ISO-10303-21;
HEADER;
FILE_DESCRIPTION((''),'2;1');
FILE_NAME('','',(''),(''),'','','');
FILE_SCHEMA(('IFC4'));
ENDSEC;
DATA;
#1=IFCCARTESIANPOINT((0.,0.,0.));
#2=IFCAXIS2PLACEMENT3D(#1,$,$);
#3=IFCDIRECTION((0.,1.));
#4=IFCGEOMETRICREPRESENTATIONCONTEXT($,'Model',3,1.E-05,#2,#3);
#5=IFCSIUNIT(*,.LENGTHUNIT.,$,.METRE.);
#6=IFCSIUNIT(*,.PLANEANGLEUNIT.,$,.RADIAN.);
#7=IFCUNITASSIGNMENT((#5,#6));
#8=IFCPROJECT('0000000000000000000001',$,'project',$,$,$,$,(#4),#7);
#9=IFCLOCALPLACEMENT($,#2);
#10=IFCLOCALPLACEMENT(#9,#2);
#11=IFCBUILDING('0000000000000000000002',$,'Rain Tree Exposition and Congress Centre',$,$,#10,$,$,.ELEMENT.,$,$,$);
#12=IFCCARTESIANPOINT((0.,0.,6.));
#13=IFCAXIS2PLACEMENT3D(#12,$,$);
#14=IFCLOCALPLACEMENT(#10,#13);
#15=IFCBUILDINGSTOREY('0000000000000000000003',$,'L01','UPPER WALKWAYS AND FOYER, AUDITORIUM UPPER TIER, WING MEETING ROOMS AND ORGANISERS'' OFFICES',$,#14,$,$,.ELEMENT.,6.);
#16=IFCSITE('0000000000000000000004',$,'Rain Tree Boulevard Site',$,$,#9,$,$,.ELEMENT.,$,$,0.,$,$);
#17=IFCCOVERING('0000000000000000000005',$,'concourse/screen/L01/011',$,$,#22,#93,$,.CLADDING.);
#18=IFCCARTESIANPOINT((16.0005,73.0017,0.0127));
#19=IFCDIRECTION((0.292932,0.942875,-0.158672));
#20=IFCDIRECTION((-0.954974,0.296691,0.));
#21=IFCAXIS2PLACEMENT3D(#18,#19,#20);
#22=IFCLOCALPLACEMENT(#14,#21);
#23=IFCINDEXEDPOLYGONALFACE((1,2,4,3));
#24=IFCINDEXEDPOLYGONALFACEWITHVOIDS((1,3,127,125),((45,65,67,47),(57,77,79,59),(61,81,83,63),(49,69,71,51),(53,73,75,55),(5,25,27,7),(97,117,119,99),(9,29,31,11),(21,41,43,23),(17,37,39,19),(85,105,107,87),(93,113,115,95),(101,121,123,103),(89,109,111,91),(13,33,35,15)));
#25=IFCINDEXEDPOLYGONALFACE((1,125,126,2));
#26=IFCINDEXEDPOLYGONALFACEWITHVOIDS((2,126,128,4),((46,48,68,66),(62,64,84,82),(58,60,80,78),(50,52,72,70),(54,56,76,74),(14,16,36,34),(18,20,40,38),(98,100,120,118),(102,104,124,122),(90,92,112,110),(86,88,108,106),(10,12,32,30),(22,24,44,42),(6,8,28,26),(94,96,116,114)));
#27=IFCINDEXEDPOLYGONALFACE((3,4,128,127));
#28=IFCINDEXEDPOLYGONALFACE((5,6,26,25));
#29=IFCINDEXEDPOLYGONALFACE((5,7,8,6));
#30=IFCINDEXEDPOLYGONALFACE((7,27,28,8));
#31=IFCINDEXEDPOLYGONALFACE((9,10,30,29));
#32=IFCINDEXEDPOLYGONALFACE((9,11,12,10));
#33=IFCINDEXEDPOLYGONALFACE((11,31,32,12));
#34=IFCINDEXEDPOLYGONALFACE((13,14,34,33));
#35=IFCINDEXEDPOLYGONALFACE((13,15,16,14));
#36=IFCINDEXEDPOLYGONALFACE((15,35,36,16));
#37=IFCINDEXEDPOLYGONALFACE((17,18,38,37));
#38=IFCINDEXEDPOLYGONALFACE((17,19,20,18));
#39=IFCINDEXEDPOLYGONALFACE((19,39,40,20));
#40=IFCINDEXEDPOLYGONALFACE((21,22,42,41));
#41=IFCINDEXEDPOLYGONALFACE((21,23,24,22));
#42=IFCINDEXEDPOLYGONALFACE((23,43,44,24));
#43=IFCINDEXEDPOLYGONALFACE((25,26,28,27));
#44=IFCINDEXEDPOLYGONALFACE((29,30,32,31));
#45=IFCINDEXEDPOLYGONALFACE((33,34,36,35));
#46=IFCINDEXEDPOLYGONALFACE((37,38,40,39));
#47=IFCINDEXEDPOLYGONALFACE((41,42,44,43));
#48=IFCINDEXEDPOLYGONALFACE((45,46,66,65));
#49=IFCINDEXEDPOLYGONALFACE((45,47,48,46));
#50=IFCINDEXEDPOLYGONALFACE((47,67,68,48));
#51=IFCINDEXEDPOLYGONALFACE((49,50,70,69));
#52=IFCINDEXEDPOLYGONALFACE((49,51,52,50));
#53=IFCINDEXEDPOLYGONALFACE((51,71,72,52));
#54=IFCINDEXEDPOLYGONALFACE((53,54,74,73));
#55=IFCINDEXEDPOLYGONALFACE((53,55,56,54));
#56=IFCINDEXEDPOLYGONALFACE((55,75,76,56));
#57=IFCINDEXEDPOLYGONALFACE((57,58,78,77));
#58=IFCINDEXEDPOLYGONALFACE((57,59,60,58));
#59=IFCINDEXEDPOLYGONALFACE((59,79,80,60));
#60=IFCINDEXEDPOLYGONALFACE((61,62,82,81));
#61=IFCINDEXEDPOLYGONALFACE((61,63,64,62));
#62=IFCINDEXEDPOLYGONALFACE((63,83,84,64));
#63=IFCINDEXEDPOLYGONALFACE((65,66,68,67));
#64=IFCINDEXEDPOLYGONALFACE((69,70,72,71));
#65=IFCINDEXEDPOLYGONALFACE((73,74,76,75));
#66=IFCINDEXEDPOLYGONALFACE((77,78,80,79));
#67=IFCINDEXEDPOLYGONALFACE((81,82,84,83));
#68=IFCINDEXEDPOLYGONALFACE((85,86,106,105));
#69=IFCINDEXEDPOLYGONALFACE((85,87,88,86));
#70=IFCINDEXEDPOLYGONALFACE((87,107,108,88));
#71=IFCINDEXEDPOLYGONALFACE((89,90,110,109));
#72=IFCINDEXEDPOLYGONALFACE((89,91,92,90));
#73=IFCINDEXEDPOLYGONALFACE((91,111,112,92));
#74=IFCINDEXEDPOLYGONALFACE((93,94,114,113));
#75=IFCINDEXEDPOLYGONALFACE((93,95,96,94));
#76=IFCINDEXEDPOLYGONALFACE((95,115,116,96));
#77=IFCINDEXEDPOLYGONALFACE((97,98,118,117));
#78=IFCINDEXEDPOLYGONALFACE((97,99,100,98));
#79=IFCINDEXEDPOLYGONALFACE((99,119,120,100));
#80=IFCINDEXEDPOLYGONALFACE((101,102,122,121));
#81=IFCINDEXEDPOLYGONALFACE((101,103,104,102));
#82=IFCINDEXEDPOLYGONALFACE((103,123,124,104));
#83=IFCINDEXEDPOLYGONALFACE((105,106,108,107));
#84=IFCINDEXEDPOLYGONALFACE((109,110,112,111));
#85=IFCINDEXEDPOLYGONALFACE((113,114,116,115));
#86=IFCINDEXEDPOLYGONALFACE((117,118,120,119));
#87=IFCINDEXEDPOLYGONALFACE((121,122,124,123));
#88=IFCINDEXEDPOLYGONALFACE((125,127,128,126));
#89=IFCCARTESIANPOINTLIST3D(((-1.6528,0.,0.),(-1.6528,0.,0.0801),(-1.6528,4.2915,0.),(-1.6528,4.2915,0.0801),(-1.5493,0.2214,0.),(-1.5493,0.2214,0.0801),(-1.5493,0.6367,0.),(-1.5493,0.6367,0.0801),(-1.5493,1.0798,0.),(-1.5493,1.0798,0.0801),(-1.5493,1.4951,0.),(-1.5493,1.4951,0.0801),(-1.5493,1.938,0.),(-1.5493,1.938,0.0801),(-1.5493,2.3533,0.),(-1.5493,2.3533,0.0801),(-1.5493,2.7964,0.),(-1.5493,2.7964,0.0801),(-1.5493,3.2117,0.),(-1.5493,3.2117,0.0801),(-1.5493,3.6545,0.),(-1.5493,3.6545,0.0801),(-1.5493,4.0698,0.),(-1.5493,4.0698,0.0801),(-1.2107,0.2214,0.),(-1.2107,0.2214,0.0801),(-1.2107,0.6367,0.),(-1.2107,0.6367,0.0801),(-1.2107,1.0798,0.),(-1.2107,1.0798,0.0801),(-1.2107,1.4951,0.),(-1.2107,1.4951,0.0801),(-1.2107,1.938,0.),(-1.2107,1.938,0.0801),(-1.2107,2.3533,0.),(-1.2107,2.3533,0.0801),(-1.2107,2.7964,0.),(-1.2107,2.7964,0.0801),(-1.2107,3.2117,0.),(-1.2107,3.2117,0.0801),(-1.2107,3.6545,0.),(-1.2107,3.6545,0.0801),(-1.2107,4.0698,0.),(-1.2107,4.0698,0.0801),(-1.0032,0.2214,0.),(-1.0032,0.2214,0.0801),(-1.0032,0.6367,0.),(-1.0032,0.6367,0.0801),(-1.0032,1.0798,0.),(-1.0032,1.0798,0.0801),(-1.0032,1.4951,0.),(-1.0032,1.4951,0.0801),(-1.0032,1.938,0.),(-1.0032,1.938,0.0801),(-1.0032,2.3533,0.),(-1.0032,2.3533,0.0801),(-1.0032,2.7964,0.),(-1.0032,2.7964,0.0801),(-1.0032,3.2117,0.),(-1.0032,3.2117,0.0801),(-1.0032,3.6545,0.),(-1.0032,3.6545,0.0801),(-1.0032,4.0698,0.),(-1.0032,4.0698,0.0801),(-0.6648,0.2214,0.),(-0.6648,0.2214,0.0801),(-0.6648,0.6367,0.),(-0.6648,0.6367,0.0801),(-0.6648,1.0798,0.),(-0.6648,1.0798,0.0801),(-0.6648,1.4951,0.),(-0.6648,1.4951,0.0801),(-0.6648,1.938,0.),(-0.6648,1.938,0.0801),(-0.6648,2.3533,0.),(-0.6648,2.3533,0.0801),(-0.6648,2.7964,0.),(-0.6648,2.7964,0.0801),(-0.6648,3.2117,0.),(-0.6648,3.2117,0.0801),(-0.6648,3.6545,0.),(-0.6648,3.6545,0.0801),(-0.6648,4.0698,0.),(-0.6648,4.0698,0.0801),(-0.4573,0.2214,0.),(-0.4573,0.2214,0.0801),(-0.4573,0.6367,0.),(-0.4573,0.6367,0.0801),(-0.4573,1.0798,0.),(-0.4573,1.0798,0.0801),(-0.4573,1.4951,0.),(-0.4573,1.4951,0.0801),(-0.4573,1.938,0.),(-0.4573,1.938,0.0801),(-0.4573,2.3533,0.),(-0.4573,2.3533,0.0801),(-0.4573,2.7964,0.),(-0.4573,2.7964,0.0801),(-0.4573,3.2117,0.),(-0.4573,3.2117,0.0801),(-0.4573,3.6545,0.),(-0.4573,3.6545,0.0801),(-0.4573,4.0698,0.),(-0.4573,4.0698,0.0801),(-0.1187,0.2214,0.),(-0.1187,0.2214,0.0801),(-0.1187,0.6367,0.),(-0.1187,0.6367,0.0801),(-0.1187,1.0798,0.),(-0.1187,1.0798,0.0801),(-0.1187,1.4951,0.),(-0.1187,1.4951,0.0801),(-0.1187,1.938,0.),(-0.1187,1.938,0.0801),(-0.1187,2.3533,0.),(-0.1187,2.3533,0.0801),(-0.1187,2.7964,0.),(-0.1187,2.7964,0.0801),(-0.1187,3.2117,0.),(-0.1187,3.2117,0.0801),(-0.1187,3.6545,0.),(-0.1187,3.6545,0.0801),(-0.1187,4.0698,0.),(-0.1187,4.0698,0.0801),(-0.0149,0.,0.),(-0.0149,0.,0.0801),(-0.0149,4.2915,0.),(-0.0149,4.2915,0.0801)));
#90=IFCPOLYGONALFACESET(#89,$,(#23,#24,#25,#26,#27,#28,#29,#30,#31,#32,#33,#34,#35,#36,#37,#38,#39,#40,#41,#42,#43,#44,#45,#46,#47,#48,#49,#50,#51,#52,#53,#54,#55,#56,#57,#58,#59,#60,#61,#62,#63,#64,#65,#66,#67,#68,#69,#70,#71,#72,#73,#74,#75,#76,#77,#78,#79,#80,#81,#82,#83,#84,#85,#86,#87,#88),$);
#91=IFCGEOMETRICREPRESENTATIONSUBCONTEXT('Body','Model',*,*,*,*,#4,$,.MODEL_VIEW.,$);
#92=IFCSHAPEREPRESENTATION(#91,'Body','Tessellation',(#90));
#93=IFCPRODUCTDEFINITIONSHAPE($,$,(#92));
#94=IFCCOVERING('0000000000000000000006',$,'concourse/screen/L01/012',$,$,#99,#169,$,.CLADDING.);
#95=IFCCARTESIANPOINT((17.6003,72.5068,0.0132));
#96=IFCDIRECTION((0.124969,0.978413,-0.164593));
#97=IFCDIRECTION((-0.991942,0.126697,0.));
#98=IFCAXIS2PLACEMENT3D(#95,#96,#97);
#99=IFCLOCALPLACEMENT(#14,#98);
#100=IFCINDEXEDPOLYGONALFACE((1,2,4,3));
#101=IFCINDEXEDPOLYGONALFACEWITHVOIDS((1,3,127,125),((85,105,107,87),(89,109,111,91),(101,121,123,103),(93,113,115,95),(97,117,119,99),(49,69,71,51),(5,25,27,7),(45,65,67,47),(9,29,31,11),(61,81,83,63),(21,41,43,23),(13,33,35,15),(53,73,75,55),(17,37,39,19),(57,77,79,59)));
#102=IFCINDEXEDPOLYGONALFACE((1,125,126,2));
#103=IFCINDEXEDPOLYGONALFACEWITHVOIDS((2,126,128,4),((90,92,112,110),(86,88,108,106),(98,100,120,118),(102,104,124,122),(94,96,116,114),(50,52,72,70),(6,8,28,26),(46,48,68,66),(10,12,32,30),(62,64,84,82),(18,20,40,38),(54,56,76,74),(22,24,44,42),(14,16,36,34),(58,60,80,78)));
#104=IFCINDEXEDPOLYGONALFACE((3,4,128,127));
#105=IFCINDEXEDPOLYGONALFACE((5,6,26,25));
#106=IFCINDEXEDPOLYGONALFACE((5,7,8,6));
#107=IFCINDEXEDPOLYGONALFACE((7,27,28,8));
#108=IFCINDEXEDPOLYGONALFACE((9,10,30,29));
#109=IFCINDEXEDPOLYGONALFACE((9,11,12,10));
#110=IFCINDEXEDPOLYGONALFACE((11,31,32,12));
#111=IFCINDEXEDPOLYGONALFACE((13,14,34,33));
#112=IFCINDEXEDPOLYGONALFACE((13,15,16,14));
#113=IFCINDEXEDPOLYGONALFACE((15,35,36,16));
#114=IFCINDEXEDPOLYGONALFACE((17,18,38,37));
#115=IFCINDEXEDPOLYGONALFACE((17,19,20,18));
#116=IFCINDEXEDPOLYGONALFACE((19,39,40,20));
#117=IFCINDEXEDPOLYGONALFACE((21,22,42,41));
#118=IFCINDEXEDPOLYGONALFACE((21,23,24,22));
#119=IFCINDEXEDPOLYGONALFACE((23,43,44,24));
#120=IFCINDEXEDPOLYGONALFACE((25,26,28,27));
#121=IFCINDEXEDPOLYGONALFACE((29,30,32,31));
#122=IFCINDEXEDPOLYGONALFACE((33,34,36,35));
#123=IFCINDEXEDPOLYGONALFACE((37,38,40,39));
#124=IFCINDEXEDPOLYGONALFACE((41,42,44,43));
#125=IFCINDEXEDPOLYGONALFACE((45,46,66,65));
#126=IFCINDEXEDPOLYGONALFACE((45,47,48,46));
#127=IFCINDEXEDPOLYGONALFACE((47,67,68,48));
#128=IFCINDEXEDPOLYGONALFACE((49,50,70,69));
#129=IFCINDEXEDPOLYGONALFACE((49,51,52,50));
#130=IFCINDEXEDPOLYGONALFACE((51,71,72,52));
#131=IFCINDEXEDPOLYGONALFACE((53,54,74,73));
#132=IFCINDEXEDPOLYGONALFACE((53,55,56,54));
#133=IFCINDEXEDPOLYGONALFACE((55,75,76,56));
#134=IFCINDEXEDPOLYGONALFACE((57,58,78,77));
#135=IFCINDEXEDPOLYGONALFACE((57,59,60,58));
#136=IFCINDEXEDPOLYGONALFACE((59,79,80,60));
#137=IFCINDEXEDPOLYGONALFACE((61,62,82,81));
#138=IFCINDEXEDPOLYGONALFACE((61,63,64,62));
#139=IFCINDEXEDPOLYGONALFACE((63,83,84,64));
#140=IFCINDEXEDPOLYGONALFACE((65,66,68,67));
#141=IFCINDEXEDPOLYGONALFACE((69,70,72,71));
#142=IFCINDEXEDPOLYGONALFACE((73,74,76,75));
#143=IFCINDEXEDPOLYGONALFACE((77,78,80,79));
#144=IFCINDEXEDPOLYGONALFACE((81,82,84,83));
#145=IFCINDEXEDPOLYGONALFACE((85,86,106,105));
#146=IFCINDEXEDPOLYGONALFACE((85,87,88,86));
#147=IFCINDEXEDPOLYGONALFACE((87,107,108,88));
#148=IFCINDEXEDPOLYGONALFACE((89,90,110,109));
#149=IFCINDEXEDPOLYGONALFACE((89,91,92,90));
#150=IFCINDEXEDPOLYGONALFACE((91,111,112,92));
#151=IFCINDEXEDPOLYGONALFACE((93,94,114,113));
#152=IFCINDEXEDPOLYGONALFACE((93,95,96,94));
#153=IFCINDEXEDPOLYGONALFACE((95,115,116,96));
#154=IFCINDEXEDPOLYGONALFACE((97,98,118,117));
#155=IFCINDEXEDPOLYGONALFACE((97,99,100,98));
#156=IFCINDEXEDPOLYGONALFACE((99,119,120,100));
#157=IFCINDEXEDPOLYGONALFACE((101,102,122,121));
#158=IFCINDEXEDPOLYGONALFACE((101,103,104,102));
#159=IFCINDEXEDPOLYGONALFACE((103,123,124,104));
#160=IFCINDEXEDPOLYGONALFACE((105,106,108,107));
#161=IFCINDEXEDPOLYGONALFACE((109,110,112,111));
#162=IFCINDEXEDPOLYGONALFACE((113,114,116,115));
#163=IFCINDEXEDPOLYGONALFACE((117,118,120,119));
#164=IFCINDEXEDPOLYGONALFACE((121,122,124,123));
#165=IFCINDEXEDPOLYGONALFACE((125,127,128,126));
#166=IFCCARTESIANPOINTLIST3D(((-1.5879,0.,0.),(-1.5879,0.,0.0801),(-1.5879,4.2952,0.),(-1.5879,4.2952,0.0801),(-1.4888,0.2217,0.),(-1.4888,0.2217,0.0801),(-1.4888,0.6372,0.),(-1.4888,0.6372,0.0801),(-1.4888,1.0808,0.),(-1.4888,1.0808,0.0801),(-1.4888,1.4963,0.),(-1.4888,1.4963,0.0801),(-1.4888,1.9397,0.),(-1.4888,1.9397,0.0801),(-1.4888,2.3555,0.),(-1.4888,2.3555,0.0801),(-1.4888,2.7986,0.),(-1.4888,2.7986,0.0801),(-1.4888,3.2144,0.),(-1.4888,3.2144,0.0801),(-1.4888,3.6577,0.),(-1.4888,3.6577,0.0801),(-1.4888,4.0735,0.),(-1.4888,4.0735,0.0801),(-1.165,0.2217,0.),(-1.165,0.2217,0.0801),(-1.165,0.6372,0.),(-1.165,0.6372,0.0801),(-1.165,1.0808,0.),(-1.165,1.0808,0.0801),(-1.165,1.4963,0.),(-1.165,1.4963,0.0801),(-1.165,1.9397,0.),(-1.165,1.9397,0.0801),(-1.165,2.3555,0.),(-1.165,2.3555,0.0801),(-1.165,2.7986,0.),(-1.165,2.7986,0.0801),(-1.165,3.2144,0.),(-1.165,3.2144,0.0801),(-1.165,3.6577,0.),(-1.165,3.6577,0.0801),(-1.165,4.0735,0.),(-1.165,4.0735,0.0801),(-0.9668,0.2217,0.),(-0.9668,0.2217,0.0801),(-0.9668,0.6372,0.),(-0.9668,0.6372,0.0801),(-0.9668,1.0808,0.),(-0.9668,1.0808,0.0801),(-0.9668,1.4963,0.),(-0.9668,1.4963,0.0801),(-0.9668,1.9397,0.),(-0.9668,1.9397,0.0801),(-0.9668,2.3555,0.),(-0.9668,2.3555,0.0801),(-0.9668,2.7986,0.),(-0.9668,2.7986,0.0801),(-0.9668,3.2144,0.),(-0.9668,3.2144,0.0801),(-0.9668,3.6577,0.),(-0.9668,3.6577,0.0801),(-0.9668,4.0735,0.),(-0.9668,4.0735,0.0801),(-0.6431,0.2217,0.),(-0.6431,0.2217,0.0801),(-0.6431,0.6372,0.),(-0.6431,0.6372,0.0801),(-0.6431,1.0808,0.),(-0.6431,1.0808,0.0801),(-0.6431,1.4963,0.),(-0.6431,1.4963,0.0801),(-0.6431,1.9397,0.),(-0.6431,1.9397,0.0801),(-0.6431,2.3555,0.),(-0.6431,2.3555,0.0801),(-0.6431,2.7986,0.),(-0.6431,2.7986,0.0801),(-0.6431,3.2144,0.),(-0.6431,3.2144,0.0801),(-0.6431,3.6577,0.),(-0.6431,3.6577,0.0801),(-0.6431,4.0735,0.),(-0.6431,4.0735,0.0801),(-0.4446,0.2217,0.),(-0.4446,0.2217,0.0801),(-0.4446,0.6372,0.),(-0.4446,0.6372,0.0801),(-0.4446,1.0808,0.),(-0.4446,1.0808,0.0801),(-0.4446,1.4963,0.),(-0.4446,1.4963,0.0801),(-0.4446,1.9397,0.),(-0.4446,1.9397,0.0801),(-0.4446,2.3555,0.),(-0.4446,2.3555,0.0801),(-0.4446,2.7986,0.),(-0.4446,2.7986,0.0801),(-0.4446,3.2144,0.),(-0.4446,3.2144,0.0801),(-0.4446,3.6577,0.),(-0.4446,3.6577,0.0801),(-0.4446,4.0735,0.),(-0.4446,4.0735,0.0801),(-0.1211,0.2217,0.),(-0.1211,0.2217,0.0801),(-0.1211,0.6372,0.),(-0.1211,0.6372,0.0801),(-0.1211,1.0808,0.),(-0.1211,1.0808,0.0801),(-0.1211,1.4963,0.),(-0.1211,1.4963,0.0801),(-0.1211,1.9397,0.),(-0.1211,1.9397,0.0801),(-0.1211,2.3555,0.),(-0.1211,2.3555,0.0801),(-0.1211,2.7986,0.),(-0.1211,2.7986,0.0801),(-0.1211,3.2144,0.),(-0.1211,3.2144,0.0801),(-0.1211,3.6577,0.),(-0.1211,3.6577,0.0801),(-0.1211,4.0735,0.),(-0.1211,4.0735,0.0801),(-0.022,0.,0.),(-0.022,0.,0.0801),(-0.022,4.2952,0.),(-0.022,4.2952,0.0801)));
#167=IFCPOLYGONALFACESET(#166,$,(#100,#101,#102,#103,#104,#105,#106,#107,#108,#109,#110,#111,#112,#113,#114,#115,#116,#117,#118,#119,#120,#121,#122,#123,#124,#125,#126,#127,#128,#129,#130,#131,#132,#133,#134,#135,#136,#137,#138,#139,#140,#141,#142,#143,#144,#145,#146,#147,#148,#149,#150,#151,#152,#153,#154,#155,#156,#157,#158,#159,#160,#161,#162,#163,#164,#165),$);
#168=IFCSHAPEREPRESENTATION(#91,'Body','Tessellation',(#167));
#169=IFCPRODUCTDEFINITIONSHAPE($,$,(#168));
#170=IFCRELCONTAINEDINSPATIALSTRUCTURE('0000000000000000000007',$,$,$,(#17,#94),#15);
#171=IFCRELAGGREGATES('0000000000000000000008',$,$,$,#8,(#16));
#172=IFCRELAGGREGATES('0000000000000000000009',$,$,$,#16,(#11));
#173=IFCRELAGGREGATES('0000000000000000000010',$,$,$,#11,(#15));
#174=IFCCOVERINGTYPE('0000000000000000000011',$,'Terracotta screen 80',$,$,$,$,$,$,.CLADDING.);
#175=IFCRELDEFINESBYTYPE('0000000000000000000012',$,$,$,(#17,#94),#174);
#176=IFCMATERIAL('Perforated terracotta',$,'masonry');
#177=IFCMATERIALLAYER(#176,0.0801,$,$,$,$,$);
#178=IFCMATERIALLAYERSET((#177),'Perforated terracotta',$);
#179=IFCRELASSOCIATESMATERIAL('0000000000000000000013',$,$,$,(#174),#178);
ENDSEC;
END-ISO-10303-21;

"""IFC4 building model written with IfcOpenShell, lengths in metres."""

from ifc_helpers import new_model, si_unit, direction, frame, origin, place, context, subcontext, project, spatial, polyline, outline, extrude, material, layer, layer_set, type_object, element, save


model = new_model("IFC4")

# Units and contexts
model_context = context("Model", 3, precision=1e-05, world=origin(), true_north=direction((0.0, 1.0)))
body_context = subcontext(model_context, "Body", "Model", "MODEL_VIEW")
ifc_project = project(units=[si_unit("LENGTHUNIT", "METRE"), si_unit("PLANEANGLEUNIT", "RADIAN")], contexts=[model_context])

# Site, building, storey
site_placement = place(None, origin())
site = spatial("IfcSite", under=ifc_project, at=site_placement, Name="Rain Tree Boulevard Site", CompositionType="ELEMENT", RefElevation=0.0)
building_placement = place(site_placement, origin())
building = spatial("IfcBuilding", under=site, at=building_placement, Name="Rain Tree Exposition and Congress Centre", CompositionType="ELEMENT")
storey_placement = place(building_placement, frame((0.0, 0.0, 6.0)))
storey = spatial("IfcBuildingStorey", under=building, at=storey_placement, Name="L01", Description="UPPER WALKWAYS AND FOYER, AUDITORIUM UPPER TIER, WING MEETING ROOMS AND ORGANISERS' OFFICES", CompositionType="ELEMENT", Elevation=6.0)

# Coverings
ifc_material_1 = material(Name="Perforated terracotta", Category="masonry")
ifc_layer_1 = layer(ifc_material_1, 0.0801)
ifc_layer_set_1 = layer_set([ifc_layer_1], Name="Perforated terracotta")
covering_type = type_object("IfcCoveringType", Name="Terracotta screen 80", PredefinedType="CLADDING", material=ifc_layer_set_1)
covering_1_placement = place(storey_placement, frame((16.0005, 73.0017, 0.0127), z_axis=(0.292932, 0.942875, -0.158672), x_axis=(-0.954974, 0.296691, 0.0)))
element("IfcCovering", 1, at=covering_1_placement, inside=storey, type_object=covering_type, Name="concourse/screen/L01/011", PredefinedType="CLADDING", context=body_context, shape_type="SweptSolid", body=[
    extrude(outline(polyline([(-1.6528, 0.0), (-1.6528, 4.2915), (-0.0149, 4.2915), (-0.0149, 0.0), (-1.6528, 0.0)]), holes=[polyline([(-0.1187, 0.2214), (-0.1187, 0.6367), (-0.4573, 0.6367), (-0.4573, 0.2214), (-0.1187, 0.2214)]), polyline([(-0.1187, 1.0798), (-0.1187, 1.4951), (-0.4573, 1.4951), (-0.4573, 1.0798), (-0.1187, 1.0798)]), polyline([(-0.1187, 1.938), (-0.1187, 2.3533), (-0.4573, 2.3533), (-0.4573, 1.938), (-0.1187, 1.938)]), polyline([(-0.1187, 2.7964), (-0.1187, 3.2117), (-0.4573, 3.2117), (-0.4573, 2.7964), (-0.1187, 2.7964)]), polyline([(-0.1187, 3.6545), (-0.1187, 4.0698), (-0.4573, 4.0698), (-0.4573, 3.6545), (-0.1187, 3.6545)]), polyline([(-0.6648, 0.2214), (-0.6648, 0.6367), (-1.0032, 0.6367), (-1.0032, 0.2214), (-0.6648, 0.2214)]), polyline([(-0.6648, 1.0798), (-0.6648, 1.4951), (-1.0032, 1.4951), (-1.0032, 1.0798), (-0.6648, 1.0798)]), polyline([(-0.6648, 1.938), (-0.6648, 2.3533), (-1.0032, 2.3533), (-1.0032, 1.938), (-0.6648, 1.938)]), polyline([(-0.6648, 2.7964), (-0.6648, 3.2117), (-1.0032, 3.2117), (-1.0032, 2.7964), (-0.6648, 2.7964)]), polyline([(-0.6648, 3.6545), (-0.6648, 4.0698), (-1.0032, 4.0698), (-1.0032, 3.6545), (-0.6648, 3.6545)]), polyline([(-1.2107, 0.2214), (-1.2107, 0.6367), (-1.5493, 0.6367), (-1.5493, 0.2214), (-1.2107, 0.2214)]), polyline([(-1.2107, 1.0798), (-1.2107, 1.4951), (-1.5493, 1.4951), (-1.5493, 1.0798), (-1.2107, 1.0798)]), polyline([(-1.2107, 1.938), (-1.2107, 2.3533), (-1.5493, 2.3533), (-1.5493, 1.938), (-1.2107, 1.938)]), polyline([(-1.2107, 2.7964), (-1.2107, 3.2117), (-1.5493, 3.2117), (-1.5493, 2.7964), (-1.2107, 2.7964)]), polyline([(-1.2107, 3.6545), (-1.2107, 4.0698), (-1.5493, 4.0698), (-1.5493, 3.6545), (-1.2107, 3.6545)])]), origin(), (0.0, 0.0, 1.0), 0.0801),
])
covering_2_placement = place(storey_placement, frame((17.6003, 72.5068, 0.0132), z_axis=(0.124969, 0.978413, -0.164593), x_axis=(-0.991942, 0.126697, 0.0)))
element("IfcCovering", 2, at=covering_2_placement, inside=storey, type_object=covering_type, Name="concourse/screen/L01/012", PredefinedType="CLADDING", context=body_context, shape_type="SweptSolid", body=[
    extrude(outline(polyline([(-1.5879, 0.0), (-1.5879, 4.2952), (-0.022, 4.2952), (-0.022, 0.0), (-1.5879, 0.0)]), holes=[polyline([(-0.1211, 0.2217), (-0.1211, 0.6372), (-0.4446, 0.6372), (-0.4446, 0.2217), (-0.1211, 0.2217)]), polyline([(-0.1211, 1.0808), (-0.1211, 1.4963), (-0.4446, 1.4963), (-0.4446, 1.0808), (-0.1211, 1.0808)]), polyline([(-0.1211, 1.9397), (-0.1211, 2.3555), (-0.4446, 2.3555), (-0.4446, 1.9397), (-0.1211, 1.9397)]), polyline([(-0.1211, 2.7986), (-0.1211, 3.2144), (-0.4446, 3.2144), (-0.4446, 2.7986), (-0.1211, 2.7986)]), polyline([(-0.1211, 3.6577), (-0.1211, 4.0735), (-0.4446, 4.0735), (-0.4446, 3.6577), (-0.1211, 3.6577)]), polyline([(-0.6431, 0.2217), (-0.6431, 0.6372), (-0.9668, 0.6372), (-0.9668, 0.2217), (-0.6431, 0.2217)]), polyline([(-0.6431, 1.0808), (-0.6431, 1.4963), (-0.9668, 1.4963), (-0.9668, 1.0808), (-0.6431, 1.0808)]), polyline([(-0.6431, 1.9397), (-0.6431, 2.3555), (-0.9668, 2.3555), (-0.9668, 1.9397), (-0.6431, 1.9397)]), polyline([(-0.6431, 2.7986), (-0.6431, 3.2144), (-0.9668, 3.2144), (-0.9668, 2.7986), (-0.6431, 2.7986)]), polyline([(-0.6431, 3.6577), (-0.6431, 4.0735), (-0.9668, 4.0735), (-0.9668, 3.6577), (-0.6431, 3.6577)]), polyline([(-1.165, 0.2217), (-1.165, 0.6372), (-1.4888, 0.6372), (-1.4888, 0.2217), (-1.165, 0.2217)]), polyline([(-1.165, 1.0808), (-1.165, 1.4963), (-1.4888, 1.4963), (-1.4888, 1.0808), (-1.165, 1.0808)]), polyline([(-1.165, 1.9397), (-1.165, 2.3555), (-1.4888, 2.3555), (-1.4888, 1.9397), (-1.165, 1.9397)]), polyline([(-1.165, 2.7986), (-1.165, 3.2144), (-1.4888, 3.2144), (-1.4888, 2.7986), (-1.165, 2.7986)]), polyline([(-1.165, 3.6577), (-1.165, 4.0735), (-1.4888, 4.0735), (-1.4888, 3.6577), (-1.165, 3.6577)])]), origin(), (0.0, 0.0, 1.0), 0.0801),
])

save(model, "model.ifc")
